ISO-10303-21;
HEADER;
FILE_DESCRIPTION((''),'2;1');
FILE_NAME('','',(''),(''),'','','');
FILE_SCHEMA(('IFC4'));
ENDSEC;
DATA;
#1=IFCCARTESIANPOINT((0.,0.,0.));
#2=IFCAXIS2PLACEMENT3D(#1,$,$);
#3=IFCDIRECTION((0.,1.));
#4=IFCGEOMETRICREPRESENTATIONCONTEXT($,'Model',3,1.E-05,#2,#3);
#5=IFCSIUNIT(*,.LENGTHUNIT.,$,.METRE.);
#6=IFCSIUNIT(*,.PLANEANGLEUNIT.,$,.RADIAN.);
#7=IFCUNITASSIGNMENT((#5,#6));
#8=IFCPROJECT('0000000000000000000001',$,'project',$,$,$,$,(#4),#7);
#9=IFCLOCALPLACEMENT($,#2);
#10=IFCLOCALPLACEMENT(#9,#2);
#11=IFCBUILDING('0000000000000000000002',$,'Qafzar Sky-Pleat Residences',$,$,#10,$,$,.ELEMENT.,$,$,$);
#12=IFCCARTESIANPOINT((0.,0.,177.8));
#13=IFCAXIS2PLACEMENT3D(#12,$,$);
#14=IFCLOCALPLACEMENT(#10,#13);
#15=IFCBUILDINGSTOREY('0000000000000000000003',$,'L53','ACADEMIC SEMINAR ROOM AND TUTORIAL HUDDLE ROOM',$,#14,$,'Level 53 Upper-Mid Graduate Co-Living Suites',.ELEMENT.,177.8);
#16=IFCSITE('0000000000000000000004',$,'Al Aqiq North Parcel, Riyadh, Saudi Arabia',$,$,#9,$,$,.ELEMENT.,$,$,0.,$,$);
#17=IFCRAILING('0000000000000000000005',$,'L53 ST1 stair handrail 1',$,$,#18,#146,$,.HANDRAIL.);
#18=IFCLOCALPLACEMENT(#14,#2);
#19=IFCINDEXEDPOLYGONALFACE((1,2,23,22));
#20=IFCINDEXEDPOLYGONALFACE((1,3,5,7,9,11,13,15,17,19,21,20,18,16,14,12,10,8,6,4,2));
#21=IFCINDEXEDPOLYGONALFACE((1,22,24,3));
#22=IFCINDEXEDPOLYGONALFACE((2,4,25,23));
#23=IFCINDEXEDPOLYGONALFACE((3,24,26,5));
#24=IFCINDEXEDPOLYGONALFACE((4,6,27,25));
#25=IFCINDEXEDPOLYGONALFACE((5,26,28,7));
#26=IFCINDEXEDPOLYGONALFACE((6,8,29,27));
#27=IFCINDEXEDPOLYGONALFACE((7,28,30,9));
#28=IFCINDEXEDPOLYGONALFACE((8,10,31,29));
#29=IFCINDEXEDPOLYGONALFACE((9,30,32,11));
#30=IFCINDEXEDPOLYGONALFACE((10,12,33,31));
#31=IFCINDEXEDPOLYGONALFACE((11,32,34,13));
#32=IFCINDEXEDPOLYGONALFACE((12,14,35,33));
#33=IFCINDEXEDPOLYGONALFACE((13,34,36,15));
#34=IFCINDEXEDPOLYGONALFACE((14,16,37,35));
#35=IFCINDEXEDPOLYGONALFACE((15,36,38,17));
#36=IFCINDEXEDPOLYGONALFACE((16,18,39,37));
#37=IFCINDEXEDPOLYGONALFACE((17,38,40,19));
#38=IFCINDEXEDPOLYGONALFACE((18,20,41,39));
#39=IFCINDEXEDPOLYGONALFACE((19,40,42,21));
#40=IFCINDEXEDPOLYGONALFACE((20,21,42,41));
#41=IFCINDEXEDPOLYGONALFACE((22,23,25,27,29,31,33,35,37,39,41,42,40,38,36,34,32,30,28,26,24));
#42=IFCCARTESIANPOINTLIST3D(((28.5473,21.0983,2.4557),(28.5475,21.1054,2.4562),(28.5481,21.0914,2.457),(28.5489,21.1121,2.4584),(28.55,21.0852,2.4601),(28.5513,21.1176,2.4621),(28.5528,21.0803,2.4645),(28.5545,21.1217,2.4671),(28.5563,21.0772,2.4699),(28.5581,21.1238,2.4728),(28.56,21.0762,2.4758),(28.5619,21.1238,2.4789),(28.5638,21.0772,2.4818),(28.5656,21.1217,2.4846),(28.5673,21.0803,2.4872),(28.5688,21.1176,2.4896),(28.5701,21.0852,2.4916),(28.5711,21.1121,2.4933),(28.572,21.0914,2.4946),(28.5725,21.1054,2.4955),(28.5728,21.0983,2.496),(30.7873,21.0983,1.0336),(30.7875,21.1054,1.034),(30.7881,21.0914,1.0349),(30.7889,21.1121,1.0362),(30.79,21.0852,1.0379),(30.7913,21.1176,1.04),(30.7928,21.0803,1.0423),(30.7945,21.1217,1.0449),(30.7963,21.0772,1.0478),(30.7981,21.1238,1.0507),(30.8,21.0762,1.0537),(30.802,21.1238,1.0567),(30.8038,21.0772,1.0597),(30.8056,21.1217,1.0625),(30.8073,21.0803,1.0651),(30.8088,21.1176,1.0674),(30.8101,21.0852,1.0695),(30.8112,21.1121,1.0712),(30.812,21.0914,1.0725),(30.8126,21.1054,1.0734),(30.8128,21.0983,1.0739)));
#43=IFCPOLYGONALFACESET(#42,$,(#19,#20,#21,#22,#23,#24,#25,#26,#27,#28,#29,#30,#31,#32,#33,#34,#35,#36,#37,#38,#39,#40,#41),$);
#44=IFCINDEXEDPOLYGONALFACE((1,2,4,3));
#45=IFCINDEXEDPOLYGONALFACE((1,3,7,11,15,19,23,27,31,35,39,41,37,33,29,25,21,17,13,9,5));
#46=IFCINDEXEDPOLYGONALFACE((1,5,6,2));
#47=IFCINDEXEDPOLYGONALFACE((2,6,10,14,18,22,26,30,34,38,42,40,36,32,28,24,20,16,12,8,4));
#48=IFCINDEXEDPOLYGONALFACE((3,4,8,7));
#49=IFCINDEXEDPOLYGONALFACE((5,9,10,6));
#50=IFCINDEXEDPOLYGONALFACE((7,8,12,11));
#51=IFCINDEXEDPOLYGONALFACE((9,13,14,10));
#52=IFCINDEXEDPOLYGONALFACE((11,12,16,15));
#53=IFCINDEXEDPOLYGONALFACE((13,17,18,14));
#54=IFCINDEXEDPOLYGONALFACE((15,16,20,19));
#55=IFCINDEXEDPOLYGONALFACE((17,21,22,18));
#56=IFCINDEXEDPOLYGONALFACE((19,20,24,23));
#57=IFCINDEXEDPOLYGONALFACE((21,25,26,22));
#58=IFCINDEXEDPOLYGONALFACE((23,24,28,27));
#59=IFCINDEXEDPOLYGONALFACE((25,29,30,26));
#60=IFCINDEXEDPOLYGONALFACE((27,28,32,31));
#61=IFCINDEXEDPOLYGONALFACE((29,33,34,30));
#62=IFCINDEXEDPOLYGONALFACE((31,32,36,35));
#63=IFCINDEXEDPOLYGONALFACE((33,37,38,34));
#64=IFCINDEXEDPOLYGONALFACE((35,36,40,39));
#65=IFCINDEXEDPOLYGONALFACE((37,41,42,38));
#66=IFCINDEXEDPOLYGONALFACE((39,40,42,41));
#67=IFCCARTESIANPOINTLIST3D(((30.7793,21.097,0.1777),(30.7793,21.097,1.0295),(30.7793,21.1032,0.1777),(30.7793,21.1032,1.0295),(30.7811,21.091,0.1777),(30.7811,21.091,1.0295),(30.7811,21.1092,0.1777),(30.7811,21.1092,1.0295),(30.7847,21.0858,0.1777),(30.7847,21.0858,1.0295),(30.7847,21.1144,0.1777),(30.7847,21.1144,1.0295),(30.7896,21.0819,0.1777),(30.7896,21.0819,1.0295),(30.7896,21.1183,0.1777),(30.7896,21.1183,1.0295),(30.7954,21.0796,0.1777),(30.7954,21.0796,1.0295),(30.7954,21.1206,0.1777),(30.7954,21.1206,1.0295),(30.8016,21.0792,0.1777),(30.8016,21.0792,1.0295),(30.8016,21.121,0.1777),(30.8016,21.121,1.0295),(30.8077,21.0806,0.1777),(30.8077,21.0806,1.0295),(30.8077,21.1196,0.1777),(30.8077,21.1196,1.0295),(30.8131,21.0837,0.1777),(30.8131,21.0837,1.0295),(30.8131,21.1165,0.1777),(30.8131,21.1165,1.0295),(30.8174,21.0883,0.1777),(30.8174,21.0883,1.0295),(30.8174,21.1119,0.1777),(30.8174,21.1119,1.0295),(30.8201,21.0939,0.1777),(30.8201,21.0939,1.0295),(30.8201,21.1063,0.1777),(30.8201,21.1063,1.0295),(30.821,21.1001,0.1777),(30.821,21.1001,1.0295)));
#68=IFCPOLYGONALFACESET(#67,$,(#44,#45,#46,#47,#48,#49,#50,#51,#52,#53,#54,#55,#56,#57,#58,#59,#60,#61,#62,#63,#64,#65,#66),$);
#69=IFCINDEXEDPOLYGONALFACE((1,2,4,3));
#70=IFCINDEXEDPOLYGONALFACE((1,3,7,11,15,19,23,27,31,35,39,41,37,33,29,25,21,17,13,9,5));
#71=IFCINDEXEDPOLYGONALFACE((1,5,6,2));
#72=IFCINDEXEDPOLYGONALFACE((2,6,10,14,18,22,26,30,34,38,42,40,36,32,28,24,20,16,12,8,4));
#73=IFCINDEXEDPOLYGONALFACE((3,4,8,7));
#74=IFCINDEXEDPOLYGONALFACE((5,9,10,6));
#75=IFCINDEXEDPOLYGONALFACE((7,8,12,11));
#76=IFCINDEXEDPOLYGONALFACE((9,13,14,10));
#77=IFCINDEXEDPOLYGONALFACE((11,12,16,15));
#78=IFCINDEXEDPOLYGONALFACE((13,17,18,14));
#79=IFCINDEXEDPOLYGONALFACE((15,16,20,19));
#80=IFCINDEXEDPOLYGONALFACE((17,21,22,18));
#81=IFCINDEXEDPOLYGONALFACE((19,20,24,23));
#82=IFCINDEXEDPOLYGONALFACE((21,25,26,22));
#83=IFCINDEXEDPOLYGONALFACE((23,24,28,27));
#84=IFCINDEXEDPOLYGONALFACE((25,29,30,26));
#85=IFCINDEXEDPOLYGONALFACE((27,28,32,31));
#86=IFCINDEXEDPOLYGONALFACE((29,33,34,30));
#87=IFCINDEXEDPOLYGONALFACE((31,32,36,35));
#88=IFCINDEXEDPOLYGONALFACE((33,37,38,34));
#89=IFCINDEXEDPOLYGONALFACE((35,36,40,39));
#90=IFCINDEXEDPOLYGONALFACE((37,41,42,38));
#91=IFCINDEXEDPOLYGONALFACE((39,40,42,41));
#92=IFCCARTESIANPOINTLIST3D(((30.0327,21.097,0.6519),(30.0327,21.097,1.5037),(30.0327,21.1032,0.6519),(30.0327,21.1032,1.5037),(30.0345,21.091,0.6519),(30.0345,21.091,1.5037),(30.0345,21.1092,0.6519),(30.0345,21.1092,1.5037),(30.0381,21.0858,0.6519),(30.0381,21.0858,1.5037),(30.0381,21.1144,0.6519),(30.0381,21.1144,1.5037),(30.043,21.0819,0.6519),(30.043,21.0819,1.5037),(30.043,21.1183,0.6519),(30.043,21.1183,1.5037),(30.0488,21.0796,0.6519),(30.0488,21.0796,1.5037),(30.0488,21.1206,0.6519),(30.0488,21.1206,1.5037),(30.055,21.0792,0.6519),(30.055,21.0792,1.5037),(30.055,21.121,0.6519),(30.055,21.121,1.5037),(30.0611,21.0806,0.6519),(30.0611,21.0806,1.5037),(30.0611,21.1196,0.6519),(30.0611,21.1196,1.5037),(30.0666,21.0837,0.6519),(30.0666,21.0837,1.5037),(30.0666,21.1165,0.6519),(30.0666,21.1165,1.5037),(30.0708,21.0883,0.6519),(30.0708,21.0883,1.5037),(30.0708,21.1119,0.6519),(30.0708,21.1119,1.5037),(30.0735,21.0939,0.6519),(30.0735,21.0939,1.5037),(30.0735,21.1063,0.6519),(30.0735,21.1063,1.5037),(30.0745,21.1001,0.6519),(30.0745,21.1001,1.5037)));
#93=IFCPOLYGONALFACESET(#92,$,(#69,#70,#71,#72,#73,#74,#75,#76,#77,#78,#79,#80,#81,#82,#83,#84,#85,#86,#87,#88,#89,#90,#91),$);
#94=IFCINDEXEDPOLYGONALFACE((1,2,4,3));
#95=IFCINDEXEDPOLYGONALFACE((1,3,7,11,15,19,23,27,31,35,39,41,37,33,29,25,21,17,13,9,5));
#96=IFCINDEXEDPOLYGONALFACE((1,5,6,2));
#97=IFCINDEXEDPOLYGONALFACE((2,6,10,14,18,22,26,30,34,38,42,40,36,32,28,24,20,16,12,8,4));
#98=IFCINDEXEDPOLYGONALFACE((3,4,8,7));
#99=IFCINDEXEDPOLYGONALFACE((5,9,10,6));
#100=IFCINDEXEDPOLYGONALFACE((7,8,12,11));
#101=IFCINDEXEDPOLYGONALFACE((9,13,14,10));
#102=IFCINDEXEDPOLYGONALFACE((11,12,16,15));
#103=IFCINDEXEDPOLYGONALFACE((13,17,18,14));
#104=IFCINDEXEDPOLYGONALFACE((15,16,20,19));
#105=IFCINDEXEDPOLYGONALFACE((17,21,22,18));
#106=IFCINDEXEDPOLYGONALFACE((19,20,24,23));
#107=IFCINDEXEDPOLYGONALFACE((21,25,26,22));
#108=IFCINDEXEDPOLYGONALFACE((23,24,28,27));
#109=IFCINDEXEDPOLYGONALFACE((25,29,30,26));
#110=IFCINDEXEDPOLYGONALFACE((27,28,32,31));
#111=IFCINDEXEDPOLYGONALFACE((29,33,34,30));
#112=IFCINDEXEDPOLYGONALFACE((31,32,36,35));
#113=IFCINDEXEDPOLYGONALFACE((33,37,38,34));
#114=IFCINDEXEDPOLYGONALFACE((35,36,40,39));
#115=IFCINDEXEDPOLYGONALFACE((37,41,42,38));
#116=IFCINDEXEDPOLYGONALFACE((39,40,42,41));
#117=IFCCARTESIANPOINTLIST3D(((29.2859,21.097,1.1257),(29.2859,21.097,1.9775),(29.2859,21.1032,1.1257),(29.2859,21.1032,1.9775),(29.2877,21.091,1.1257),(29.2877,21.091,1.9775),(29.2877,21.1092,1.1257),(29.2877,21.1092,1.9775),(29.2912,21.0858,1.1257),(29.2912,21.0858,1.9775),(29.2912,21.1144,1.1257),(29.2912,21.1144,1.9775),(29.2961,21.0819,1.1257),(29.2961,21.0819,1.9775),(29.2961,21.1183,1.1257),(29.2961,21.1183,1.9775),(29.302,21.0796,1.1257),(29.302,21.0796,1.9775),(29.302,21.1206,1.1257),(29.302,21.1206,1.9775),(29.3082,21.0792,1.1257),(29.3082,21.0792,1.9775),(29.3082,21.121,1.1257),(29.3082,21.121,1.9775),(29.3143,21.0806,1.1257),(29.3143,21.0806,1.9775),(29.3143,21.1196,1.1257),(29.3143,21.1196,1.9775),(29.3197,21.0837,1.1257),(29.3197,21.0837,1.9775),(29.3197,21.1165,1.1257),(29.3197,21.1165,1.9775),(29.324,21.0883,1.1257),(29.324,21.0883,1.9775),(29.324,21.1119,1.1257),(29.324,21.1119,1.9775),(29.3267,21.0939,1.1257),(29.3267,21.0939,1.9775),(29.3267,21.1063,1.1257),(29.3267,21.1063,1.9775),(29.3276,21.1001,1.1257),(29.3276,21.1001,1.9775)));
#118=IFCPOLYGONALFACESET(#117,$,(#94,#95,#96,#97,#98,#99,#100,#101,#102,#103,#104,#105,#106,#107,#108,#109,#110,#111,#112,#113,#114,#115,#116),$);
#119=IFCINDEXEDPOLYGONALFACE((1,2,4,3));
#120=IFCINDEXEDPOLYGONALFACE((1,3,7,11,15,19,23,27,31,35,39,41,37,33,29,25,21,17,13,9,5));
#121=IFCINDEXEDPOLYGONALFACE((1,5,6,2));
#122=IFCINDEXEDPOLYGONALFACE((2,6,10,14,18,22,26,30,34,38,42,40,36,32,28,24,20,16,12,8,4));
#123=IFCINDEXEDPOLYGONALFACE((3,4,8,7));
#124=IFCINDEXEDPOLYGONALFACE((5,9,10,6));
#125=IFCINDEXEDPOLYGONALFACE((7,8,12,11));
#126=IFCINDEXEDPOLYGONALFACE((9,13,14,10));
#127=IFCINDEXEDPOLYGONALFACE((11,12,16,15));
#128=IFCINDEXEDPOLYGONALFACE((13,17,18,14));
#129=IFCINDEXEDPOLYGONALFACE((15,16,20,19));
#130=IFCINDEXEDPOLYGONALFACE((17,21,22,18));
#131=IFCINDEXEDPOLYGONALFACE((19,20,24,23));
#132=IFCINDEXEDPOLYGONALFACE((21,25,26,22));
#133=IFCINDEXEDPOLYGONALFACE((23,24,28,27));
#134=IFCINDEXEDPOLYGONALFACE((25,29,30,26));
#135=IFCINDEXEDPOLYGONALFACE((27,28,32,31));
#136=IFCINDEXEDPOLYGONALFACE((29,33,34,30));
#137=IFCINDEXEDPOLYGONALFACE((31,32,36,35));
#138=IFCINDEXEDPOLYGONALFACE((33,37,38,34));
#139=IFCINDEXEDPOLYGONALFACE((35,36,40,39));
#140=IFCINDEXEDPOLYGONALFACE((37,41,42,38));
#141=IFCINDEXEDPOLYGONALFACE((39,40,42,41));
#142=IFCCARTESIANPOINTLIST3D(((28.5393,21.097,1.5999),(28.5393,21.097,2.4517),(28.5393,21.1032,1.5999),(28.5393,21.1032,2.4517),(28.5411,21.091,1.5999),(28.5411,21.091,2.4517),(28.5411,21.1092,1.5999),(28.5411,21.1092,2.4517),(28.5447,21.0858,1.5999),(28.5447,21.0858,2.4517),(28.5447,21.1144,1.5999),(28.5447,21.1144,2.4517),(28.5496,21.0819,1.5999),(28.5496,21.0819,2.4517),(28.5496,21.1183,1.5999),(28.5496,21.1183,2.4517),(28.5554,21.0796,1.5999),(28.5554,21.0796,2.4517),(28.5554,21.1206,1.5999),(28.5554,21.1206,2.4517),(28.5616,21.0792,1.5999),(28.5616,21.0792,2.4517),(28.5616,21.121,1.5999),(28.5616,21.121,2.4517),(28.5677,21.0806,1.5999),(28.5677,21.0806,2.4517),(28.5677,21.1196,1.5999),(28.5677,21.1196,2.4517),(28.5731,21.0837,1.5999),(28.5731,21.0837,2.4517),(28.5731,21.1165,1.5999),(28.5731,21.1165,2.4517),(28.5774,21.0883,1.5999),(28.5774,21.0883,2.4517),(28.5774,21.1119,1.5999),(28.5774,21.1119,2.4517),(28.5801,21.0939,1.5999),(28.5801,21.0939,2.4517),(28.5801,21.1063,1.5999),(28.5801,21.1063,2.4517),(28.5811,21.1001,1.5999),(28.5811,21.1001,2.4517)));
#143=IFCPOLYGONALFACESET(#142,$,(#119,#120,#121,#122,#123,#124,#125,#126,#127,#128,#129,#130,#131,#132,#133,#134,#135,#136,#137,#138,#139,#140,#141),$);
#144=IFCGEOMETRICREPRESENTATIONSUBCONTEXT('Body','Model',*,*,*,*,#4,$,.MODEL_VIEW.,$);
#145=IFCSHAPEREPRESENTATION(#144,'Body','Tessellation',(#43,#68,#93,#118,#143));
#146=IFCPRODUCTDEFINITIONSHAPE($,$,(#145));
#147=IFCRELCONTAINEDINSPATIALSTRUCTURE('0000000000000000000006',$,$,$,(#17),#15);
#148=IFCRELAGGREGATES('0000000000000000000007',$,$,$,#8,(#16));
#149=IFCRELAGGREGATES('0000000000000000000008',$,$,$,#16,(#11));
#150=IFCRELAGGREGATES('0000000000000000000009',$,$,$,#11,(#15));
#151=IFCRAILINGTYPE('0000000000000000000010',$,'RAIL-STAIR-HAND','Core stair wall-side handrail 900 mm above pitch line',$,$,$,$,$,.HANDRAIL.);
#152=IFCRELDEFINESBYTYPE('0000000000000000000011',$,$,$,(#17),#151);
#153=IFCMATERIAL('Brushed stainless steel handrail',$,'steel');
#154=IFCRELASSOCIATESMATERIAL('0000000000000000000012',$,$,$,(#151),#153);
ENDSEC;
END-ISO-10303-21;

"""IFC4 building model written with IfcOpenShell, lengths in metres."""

from ifc_helpers import new_model, si_unit, direction, frame, origin, origin_2d, place, context, subcontext, project, spatial, circle, extrude, source, transform, mapped, material, type_object, element, save


model = new_model("IFC4")

# Units and contexts
model_context = context("Model", 3, precision=1e-05, world=origin(), true_north=direction((0.0, 1.0)))
body_context = subcontext(model_context, "Body", "Model", "MODEL_VIEW")
ifc_project = project(units=[si_unit("LENGTHUNIT", "METRE"), si_unit("PLANEANGLEUNIT", "RADIAN")], contexts=[model_context])

# Site, building, storey
site_placement = place(None, origin())
site = spatial("IfcSite", under=ifc_project, at=site_placement, Name="Al Aqiq North Parcel, Riyadh, Saudi Arabia", CompositionType="ELEMENT", RefElevation=0.0)
building_placement = place(site_placement, origin())
building = spatial("IfcBuilding", under=site, at=building_placement, Name="Qafzar Sky-Pleat Residences", CompositionType="ELEMENT")
storey_placement = place(building_placement, frame((0.0, 0.0, 177.8)))
storey = spatial("IfcBuildingStorey", under=building, at=storey_placement, Name="L53", Description="ACADEMIC SEMINAR ROOM AND TUTORIAL HUDDLE ROOM", LongName="Level 53 Upper-Mid Graduate Co-Living Suites", CompositionType="ELEMENT", Elevation=177.8)

# Railing
ifc_material_1 = material(Name="Brushed stainless steel handrail", Category="steel")
railing_type_1 = type_object("IfcRailingType", Name="RAIL-STAIR-HAND", Description="Core stair wall-side handrail 900 mm above pitch line", PredefinedType="HANDRAIL", material=ifc_material_1)
shared_shape_1 = source(origin(), body_context, "Body", "SweptSolid", [
    extrude(circle(Radius=0.0239, at=origin_2d()), frame((0.0, 0.0, 0.876), z_axis=(-0.844229, 0.0, 0.535982), x_axis=(0.0, -1.0, 0.0)), (0.0, 0.0, 1.0), 2.6533),
    extrude(circle(Radius=0.021, at=origin_2d()), origin(), (0.0, 0.0, 1.0), 0.8518),
    extrude(circle(Radius=0.021, at=origin_2d()), frame((-0.7466, 0.0, 0.4741)), (0.0, 0.0, 1.0), 0.8518),
    extrude(circle(Radius=0.021, at=origin_2d()), frame((-1.4934, 0.0, 0.948)), (0.0, 0.0, 1.0), 0.8518),
    extrude(circle(Radius=0.021, at=origin_2d()), frame((-2.24, 0.0, 1.4221)), (0.0, 0.0, 1.0), 0.8518),
])
railing_1_placement = place(storey_placement, frame((30.8, 21.1001, 0.1777)))
element("IfcRailing", 1, at=railing_1_placement, inside=storey, type_object=railing_type_1, Name="L53 ST1 stair handrail 1", PredefinedType="HANDRAIL", context=body_context, shape_type="MappedRepresentation", body=[
    mapped(shared_shape_1, transform((0.0, 0.0, 0.0), x_axis=(1.0, 0.0, 0.0), y_axis=(0.0, 1.0, 0.0), z_axis=(0.0, 0.0, 1.0), scale=1.0)),
])

save(model, "model.ifc")
